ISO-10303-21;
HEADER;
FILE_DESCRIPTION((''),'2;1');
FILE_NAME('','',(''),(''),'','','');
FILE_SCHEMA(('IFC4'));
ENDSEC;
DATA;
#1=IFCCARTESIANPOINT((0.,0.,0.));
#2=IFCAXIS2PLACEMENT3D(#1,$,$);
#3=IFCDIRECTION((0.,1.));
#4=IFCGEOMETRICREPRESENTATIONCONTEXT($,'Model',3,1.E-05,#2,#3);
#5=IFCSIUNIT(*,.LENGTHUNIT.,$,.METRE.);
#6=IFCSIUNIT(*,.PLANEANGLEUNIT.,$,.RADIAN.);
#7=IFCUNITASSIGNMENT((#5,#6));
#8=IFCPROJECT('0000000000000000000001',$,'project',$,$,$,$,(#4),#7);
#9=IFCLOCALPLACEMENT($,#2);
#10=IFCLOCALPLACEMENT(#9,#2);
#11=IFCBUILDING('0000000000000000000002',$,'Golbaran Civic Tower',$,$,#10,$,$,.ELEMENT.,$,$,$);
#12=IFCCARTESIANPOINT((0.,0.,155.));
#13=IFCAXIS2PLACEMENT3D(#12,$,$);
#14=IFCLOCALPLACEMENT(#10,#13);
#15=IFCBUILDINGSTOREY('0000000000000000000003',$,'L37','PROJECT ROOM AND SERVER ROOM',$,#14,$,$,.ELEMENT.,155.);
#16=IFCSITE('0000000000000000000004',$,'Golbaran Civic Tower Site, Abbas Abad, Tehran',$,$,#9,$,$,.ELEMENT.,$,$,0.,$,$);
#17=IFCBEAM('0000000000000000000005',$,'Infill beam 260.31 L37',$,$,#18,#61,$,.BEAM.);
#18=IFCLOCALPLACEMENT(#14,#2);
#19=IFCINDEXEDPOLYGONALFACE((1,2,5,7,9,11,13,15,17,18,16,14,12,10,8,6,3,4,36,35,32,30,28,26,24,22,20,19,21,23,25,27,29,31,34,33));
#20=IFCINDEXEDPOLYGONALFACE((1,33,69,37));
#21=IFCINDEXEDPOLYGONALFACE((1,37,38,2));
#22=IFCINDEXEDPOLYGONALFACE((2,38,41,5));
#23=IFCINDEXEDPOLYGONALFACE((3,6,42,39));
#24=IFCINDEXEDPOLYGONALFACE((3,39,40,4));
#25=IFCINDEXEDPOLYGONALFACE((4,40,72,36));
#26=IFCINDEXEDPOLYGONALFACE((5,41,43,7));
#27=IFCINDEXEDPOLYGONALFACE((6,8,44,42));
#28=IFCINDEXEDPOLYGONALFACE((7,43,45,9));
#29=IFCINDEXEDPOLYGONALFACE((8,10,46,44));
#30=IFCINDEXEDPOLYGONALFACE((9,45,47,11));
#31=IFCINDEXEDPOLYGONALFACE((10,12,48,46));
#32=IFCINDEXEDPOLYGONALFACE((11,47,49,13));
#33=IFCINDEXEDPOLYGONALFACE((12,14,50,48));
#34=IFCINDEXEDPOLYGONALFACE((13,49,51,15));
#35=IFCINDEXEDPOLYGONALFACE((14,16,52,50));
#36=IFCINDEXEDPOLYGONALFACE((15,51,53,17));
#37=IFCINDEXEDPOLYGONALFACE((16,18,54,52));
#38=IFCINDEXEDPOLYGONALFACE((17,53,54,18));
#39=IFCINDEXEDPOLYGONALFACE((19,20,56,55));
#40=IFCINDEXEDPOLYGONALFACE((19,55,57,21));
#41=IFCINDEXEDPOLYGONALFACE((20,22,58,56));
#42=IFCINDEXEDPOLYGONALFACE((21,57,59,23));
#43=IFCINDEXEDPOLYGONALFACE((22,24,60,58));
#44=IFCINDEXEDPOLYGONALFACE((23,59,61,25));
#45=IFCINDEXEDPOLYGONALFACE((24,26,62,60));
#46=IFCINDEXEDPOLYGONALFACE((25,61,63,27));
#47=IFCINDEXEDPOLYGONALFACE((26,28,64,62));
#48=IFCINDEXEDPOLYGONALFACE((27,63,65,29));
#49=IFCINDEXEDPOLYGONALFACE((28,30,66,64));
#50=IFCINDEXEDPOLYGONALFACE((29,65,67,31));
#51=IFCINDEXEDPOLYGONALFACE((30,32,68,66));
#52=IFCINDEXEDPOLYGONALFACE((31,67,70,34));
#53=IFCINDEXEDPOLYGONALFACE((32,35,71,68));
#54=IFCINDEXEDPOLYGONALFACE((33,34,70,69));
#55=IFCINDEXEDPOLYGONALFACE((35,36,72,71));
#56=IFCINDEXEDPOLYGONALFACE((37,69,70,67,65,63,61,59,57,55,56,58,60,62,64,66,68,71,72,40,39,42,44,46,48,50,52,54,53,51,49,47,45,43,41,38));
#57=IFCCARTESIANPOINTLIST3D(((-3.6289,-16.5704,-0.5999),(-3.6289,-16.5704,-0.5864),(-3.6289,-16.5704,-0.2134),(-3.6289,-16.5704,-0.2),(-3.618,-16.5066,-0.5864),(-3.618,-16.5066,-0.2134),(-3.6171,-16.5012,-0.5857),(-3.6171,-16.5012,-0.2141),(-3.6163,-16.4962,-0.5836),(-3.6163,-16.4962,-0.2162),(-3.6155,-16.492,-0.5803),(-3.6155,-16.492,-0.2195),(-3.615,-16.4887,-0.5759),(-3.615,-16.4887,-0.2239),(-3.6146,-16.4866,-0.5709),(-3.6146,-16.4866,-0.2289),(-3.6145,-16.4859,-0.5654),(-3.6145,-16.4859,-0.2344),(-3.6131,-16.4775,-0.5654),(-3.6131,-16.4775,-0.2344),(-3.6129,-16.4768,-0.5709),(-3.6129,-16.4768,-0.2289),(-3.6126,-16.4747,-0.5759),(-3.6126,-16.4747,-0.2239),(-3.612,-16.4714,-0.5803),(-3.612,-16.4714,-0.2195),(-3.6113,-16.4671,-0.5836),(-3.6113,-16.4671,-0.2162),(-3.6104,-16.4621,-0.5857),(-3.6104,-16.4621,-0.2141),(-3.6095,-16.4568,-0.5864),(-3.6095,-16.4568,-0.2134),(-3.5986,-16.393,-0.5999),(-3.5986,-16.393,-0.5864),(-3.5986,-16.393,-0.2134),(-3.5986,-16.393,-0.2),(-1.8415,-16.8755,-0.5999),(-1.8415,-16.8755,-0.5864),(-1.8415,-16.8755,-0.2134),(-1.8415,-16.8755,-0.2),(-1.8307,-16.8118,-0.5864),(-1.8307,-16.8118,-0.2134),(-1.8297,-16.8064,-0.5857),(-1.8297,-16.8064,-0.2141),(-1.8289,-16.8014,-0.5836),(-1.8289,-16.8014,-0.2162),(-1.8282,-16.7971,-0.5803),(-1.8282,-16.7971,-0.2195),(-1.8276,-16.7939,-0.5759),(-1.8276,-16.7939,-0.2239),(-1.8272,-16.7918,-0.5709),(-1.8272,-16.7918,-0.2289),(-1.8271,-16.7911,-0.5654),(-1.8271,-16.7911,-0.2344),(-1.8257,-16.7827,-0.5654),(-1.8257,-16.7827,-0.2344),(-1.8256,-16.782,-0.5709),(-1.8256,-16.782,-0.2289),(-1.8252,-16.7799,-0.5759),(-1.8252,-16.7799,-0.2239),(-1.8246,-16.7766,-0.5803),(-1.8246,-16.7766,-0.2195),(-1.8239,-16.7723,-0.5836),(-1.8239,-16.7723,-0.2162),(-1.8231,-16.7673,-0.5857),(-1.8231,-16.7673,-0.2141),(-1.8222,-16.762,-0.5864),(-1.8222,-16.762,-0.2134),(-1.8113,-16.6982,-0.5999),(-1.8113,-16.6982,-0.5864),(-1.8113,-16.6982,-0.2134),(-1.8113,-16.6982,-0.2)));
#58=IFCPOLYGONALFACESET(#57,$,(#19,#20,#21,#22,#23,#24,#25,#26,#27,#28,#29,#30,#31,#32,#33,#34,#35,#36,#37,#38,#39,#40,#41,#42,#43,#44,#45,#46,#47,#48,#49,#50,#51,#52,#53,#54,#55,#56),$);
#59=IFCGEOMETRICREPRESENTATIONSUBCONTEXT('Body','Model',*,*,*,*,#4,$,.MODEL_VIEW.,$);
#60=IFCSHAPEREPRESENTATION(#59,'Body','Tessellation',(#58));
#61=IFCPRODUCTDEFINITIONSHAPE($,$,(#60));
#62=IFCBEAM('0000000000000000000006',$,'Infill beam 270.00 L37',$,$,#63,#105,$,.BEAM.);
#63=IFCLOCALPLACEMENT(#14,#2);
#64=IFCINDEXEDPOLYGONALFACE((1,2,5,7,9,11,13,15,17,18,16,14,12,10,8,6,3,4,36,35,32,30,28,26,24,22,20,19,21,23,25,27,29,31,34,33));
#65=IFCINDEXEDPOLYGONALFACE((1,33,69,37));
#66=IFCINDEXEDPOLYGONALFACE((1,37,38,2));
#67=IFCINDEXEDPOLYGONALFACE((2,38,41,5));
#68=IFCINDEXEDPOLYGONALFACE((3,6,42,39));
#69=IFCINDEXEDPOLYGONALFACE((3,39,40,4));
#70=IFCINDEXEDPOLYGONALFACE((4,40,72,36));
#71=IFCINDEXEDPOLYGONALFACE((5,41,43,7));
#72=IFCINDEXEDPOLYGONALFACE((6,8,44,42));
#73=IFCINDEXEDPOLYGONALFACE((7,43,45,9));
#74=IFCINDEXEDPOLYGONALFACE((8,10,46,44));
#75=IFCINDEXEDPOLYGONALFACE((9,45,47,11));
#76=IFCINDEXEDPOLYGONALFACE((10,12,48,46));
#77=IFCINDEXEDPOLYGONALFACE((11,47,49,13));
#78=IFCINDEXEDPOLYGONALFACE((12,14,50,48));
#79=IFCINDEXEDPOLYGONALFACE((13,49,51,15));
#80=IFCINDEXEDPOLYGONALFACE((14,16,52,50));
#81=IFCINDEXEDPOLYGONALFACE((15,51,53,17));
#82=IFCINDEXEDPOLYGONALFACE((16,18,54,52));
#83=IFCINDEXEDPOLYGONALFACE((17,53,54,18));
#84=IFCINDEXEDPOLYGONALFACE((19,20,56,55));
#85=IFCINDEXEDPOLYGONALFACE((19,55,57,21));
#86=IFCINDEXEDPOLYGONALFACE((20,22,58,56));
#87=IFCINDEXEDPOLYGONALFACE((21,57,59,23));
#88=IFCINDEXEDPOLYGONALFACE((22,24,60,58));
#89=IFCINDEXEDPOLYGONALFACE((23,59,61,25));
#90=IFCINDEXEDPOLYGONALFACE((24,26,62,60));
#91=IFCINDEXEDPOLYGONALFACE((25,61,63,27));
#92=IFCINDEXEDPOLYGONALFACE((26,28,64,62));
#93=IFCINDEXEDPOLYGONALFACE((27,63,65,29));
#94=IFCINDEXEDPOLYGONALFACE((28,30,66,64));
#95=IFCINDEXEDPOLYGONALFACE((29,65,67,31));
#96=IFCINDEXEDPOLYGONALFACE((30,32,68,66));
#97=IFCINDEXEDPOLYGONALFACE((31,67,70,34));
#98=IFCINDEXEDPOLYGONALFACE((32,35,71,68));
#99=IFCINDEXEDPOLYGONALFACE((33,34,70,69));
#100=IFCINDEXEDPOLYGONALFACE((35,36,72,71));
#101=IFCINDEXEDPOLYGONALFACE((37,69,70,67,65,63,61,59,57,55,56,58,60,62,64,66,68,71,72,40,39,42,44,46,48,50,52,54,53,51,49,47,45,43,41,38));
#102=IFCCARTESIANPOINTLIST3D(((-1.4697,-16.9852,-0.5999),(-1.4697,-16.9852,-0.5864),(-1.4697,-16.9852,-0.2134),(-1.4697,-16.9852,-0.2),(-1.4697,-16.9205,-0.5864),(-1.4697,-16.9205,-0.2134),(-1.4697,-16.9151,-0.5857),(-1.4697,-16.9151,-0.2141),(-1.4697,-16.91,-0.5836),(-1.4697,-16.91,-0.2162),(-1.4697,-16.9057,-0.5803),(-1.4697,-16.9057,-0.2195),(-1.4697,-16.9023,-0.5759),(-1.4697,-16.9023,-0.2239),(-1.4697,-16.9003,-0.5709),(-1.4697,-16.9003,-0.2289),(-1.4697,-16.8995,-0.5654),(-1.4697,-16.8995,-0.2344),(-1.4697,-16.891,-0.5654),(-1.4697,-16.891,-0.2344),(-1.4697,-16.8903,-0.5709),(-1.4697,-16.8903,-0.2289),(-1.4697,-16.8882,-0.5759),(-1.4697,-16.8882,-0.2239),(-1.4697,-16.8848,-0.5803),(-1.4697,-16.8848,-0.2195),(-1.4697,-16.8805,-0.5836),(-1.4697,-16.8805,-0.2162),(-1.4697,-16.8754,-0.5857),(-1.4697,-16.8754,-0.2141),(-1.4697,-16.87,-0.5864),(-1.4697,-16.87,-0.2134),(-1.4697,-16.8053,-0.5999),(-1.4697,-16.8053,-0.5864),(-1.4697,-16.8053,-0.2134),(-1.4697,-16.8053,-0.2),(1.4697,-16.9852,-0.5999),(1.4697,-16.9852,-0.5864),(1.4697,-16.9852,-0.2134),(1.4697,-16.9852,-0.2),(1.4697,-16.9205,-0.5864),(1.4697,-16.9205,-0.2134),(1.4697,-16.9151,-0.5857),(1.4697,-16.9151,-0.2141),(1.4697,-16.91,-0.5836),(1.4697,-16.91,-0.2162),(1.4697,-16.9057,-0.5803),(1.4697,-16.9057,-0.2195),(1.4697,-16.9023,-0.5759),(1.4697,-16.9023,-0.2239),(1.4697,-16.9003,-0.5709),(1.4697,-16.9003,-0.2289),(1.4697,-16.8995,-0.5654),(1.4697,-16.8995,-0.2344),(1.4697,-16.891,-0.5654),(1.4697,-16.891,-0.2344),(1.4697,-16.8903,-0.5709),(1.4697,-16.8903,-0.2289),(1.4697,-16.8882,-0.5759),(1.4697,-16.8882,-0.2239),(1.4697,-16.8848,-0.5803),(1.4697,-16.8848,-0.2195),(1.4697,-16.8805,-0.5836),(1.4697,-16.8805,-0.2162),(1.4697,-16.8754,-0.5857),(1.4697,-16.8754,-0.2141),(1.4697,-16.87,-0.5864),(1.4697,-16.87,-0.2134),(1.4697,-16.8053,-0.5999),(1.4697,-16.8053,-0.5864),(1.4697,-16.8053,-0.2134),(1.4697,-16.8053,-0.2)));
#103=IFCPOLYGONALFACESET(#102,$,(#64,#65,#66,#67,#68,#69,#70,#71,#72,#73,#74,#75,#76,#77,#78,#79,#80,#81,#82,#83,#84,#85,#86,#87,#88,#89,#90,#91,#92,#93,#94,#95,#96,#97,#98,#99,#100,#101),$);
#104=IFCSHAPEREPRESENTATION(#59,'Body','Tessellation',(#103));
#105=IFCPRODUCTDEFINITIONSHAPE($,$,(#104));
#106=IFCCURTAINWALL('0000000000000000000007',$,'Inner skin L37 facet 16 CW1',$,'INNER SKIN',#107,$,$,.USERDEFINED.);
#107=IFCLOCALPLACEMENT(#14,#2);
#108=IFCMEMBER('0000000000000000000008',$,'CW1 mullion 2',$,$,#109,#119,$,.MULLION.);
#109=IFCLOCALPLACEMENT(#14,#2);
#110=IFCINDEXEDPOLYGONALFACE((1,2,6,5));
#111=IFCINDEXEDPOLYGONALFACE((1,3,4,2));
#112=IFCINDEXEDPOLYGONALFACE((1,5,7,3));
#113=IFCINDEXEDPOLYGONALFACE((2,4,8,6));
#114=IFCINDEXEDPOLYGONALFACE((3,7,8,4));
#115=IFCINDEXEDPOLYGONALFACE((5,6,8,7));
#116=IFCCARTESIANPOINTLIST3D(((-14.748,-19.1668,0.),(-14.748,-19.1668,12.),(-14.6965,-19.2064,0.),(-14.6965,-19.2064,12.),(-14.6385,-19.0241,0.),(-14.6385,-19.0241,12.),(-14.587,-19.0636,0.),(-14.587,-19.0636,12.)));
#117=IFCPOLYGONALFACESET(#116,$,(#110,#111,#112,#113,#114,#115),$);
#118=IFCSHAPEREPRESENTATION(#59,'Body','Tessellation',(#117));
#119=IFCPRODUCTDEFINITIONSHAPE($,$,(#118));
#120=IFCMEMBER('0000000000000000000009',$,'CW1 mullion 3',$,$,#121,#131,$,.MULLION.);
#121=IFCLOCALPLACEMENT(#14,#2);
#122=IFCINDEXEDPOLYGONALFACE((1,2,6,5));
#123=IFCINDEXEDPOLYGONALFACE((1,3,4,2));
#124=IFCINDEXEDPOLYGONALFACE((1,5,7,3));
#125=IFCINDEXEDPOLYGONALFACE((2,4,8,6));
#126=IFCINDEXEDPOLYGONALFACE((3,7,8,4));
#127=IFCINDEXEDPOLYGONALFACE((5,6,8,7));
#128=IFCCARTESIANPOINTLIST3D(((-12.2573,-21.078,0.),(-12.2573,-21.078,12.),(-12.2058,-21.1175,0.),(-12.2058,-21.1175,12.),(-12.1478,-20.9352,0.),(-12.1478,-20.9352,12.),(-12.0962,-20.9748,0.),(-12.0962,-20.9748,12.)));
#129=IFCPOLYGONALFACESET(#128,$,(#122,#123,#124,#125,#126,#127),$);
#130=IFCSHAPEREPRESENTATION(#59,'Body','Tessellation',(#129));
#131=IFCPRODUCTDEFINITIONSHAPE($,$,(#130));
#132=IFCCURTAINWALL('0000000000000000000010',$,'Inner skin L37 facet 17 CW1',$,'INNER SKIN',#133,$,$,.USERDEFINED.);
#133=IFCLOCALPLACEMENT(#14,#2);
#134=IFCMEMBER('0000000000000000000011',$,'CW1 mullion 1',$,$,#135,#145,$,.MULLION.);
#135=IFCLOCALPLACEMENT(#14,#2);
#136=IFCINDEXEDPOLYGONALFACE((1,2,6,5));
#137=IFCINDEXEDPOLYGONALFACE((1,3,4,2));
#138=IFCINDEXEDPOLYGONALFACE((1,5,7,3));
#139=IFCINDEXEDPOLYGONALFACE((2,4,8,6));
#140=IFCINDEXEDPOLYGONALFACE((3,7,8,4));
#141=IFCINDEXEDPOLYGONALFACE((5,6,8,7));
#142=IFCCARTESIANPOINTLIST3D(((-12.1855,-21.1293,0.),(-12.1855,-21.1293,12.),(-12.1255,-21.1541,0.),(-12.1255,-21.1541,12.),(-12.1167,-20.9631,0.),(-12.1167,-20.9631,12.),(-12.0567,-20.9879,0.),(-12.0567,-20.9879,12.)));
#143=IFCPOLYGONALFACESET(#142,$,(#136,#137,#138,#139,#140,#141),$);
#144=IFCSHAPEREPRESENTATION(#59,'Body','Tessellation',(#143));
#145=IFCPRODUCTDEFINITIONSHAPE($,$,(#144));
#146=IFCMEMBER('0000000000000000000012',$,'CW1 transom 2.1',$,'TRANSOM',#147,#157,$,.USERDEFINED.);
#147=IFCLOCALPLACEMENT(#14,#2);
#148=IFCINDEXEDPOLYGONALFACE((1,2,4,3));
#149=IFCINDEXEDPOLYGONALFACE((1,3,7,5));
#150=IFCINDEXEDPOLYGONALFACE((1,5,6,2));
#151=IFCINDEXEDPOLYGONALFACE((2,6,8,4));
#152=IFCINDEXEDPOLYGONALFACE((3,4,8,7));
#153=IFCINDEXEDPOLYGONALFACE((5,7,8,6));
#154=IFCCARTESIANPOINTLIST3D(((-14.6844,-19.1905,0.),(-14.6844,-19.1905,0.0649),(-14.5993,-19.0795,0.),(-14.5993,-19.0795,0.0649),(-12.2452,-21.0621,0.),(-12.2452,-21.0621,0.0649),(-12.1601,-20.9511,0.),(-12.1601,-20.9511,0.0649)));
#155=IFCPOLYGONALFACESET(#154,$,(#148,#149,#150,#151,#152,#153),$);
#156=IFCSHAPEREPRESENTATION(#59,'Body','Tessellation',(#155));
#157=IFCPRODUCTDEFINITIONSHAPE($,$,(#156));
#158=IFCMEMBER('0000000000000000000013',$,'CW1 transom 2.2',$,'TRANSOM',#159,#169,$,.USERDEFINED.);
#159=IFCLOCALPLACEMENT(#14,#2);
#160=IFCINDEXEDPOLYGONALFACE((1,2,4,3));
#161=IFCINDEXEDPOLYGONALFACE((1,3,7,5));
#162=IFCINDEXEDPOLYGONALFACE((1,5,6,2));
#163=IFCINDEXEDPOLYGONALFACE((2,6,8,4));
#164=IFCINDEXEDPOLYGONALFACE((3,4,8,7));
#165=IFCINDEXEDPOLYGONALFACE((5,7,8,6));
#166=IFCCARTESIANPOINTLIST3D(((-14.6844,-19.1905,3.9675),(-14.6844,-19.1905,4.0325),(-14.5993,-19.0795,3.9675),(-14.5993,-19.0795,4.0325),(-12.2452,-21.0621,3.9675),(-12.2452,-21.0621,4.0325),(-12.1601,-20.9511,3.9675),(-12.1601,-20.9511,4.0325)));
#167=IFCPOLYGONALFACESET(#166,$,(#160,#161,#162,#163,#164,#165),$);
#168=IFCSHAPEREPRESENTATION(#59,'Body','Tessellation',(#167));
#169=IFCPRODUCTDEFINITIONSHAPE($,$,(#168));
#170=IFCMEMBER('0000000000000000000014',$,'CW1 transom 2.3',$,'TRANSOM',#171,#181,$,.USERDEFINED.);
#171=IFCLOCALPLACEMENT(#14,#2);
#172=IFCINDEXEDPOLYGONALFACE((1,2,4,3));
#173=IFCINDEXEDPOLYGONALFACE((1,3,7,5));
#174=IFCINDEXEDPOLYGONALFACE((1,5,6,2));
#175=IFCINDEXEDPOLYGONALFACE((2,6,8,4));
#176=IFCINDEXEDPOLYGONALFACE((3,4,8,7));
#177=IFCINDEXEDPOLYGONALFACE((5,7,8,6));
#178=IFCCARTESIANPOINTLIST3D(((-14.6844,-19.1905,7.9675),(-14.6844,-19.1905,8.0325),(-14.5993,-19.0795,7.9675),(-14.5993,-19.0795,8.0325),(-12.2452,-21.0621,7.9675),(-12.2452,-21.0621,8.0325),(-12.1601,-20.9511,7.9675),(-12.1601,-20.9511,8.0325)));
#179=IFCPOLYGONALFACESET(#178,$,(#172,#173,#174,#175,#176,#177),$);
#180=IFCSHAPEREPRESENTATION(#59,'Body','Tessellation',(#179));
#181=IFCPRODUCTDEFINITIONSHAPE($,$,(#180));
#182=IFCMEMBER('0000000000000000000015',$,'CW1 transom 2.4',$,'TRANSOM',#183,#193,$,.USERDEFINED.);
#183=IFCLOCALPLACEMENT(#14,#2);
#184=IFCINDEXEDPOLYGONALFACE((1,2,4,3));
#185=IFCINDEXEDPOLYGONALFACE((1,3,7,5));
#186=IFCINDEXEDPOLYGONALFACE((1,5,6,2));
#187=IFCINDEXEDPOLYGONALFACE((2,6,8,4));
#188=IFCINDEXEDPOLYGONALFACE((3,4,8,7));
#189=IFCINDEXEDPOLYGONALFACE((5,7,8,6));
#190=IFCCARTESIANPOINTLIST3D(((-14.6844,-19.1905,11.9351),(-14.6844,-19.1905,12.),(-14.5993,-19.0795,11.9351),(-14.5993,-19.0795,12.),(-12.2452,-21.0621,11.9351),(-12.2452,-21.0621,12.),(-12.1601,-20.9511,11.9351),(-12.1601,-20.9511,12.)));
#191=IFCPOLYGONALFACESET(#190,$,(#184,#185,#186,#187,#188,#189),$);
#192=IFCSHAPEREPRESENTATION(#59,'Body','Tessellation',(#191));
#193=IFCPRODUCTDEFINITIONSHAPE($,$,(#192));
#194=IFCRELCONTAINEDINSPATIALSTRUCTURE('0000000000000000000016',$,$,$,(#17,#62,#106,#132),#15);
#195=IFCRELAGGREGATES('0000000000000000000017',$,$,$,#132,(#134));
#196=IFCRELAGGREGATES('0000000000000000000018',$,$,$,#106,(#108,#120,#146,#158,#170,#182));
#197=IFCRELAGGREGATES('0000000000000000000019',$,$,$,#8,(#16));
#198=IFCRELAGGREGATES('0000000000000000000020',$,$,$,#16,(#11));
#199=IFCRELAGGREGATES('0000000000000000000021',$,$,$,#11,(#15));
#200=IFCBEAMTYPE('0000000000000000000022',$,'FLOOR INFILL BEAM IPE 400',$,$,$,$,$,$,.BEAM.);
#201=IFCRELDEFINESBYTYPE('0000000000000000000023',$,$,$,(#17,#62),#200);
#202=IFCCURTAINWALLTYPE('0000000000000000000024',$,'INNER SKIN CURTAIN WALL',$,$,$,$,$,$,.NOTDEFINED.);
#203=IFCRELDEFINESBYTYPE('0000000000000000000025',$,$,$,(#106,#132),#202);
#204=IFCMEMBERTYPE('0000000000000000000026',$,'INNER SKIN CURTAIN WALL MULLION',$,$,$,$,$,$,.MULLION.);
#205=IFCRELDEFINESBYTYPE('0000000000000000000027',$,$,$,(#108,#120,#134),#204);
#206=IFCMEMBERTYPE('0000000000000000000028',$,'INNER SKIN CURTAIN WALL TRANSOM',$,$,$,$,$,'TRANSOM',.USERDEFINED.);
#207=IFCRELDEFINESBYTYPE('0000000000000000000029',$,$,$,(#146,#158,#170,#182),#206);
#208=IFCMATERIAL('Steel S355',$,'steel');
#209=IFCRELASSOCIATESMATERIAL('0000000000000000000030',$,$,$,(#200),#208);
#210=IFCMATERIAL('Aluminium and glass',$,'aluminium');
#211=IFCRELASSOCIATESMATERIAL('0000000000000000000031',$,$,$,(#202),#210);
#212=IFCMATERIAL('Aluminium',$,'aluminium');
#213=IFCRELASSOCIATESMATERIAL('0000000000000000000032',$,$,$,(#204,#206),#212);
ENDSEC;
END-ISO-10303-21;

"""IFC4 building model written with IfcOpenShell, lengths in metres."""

from ifc_helpers import new_model, si_unit, direction, frame, origin, origin_2d, place, context, subcontext, project, spatial, rectangle, i_section, extrude, material, material_profile, profile_set, type_object, element, aggregate, save


model = new_model("IFC4")

# Units and contexts
model_context = context("Model", 3, precision=1e-05, world=origin(), true_north=direction((0.0, 1.0)))
body_context = subcontext(model_context, "Body", "Model", "MODEL_VIEW")
ifc_project = project(units=[si_unit("LENGTHUNIT", "METRE"), si_unit("PLANEANGLEUNIT", "RADIAN")], contexts=[model_context])

# Site, building, storey
site_placement = place(None, origin())
site = spatial("IfcSite", under=ifc_project, at=site_placement, Name="Golbaran Civic Tower Site, Abbas Abad, Tehran", CompositionType="ELEMENT", RefElevation=0.0)
building_placement = place(site_placement, origin())
building = spatial("IfcBuilding", under=site, at=building_placement, Name="Golbaran Civic Tower", CompositionType="ELEMENT")
storey_placement = place(building_placement, frame((0.0, 0.0, 155.0)))
storey = spatial("IfcBuildingStorey", under=building, at=storey_placement, Name="L37", Description="PROJECT ROOM AND SERVER ROOM", CompositionType="ELEMENT", Elevation=155.0)

# Beams
ifc_material_1 = material(Name="Steel S355", Category="steel")
ifc_material_profile_1 = material_profile(ifc_material_1, i_section(OverallWidth=0.1799, OverallDepth=0.3999, WebThickness=0.0085, FlangeThickness=0.0134, FilletRadius=0.021, at=origin_2d()), Name="IPE 400")
ifc_profile_set_1 = profile_set([ifc_material_profile_1], Name="Steel S355")
beam_type_1 = type_object("IfcBeamType", Name="FLOOR INFILL BEAM IPE 400", PredefinedType="BEAM", material=ifc_profile_set_1)
beam_1_placement = place(storey_placement, frame((-3.6138, -16.4817, -0.3999), z_axis=(0.985735, -0.168306, 0.0), x_axis=(0.168306, 0.985735, 0.0)))
element("IfcBeam", 1, at=beam_1_placement, inside=storey, type_object=beam_type_1, Name="Infill beam 260.31 L37", PredefinedType="BEAM", context=body_context, shape_type="SweptSolid", body=[
    extrude(i_section(OverallWidth=0.1799, OverallDepth=0.3999, WebThickness=0.0085, FlangeThickness=0.0134, FilletRadius=0.021, at=origin_2d()), origin(), (0.0, 0.0, 1.0), 1.8132),
])
beam_2_placement = place(storey_placement, frame((-1.4697, -16.8953, -0.3999), z_axis=(1.0, 0.0, 0.0), x_axis=(0.0, 1.0, 0.0)))
element("IfcBeam", 2, at=beam_2_placement, inside=storey, type_object=beam_type_1, Name="Infill beam 270.00 L37", PredefinedType="BEAM", context=body_context, shape_type="SweptSolid", body=[
    extrude(i_section(OverallWidth=0.1799, OverallDepth=0.3999, WebThickness=0.0085, FlangeThickness=0.0134, FilletRadius=0.021, at=origin_2d()), origin(), (0.0, 0.0, 1.0), 2.9395),
])

# Curtain wall, members
ifc_material_2 = material(Name="Aluminium and glass", Category="aluminium")
curtain_wall_type = type_object("IfcCurtainWallType", Name="INNER SKIN CURTAIN WALL", PredefinedType="NOTDEFINED", material=ifc_material_2)
curtain_wall_1_placement = place(storey_placement, origin())
curtain_wall_1 = element("IfcCurtainWall", 3, at=curtain_wall_1_placement, inside=storey, type_object=curtain_wall_type, Name="Inner skin L37 facet 16 CW1", ObjectType="INNER SKIN", PredefinedType="USERDEFINED")
ifc_material_3 = material(Name="Aluminium", Category="aluminium")
ifc_material_profile_2 = material_profile(ifc_material_3, rectangle(XDim=0.1799, YDim=0.0649, at=origin_2d()), Name="INNER SKIN CURTAIN WALL MULLION")
ifc_profile_set_2 = profile_set([ifc_material_profile_2], Name="Aluminium")
member_type_1 = type_object("IfcMemberType", Name="INNER SKIN CURTAIN WALL MULLION", PredefinedType="MULLION", material=ifc_profile_set_2)
member_1_placement = place(storey_placement, frame((-14.6675, -19.1152, 0.0), z_axis=(0.0, 0.0, 1.0), x_axis=(0.608761, 0.793353, 0.0)))
member_1 = element("IfcMember", 4, at=member_1_placement, type_object=member_type_1, Name="CW1 mullion 2", PredefinedType="MULLION", context=body_context, shape_type="SweptSolid", body=[
    extrude(rectangle(XDim=0.1799, YDim=0.0649, at=origin_2d()), origin(), (0.0, 0.0, 1.0), 12.0),
])
member_2_placement = place(storey_placement, frame((-12.1768, -21.0264, 0.0), z_axis=(0.0, 0.0, 1.0), x_axis=(0.608761, 0.793353, 0.0)))
member_2 = element("IfcMember", 5, at=member_2_placement, type_object=member_type_1, Name="CW1 mullion 3", PredefinedType="MULLION", context=body_context, shape_type="SweptSolid", body=[
    extrude(rectangle(XDim=0.1799, YDim=0.0649, at=origin_2d()), origin(), (0.0, 0.0, 1.0), 12.0),
])

# Curtain wall, member
curtain_wall_2_placement = place(storey_placement, origin())
curtain_wall_2 = element("IfcCurtainWall", 6, at=curtain_wall_2_placement, inside=storey, type_object=curtain_wall_type, Name="Inner skin L37 facet 17 CW1", ObjectType="INNER SKIN", PredefinedType="USERDEFINED")
member_3_placement = place(storey_placement, frame((-12.1211, -21.0586, 0.0), z_axis=(0.0, 0.0, 1.0), x_axis=(0.382683, 0.92388, 0.0)))
member_3 = element("IfcMember", 7, at=member_3_placement, type_object=member_type_1, Name="CW1 mullion 1", PredefinedType="MULLION", context=body_context, shape_type="SweptSolid", body=[
    extrude(rectangle(XDim=0.1799, YDim=0.0649, at=origin_2d()), origin(), (0.0, 0.0, 1.0), 12.0),
])

# Members
ifc_material_profile_3 = material_profile(ifc_material_3, rectangle(XDim=0.1399, YDim=0.0649, at=origin_2d()), Name="INNER SKIN CURTAIN WALL TRANSOM")
ifc_profile_set_3 = profile_set([ifc_material_profile_3], Name="Aluminium")
member_type_2 = type_object("IfcMemberType", Name="INNER SKIN CURTAIN WALL TRANSOM", ElementType="TRANSOM", PredefinedType="USERDEFINED", material=ifc_profile_set_3)
member_4_placement = place(storey_placement, frame((-14.6418, -19.135, 0.0325), z_axis=(0.793367, -0.608743, 0.0), x_axis=(0.608743, 0.793367, 0.0)))
member_4 = element("IfcMember", 8, at=member_4_placement, type_object=member_type_2, Name="CW1 transom 2.1", ObjectType="TRANSOM", PredefinedType="USERDEFINED", context=body_context, shape_type="SweptSolid", body=[
    extrude(rectangle(XDim=0.1399, YDim=0.0649, at=origin_2d()), origin(), (0.0, 0.0, 1.0), 3.0745),
])
member_5_placement = place(storey_placement, frame((-14.6418, -19.135, 4.0), z_axis=(0.793367, -0.608743, 0.0), x_axis=(0.608743, 0.793367, 0.0)))
member_5 = element("IfcMember", 9, at=member_5_placement, type_object=member_type_2, Name="CW1 transom 2.2", ObjectType="TRANSOM", PredefinedType="USERDEFINED", context=body_context, shape_type="SweptSolid", body=[
    extrude(rectangle(XDim=0.1399, YDim=0.0649, at=origin_2d()), origin(), (0.0, 0.0, 1.0), 3.0745),
])
member_6_placement = place(storey_placement, frame((-14.6418, -19.135, 8.0), z_axis=(0.793367, -0.608743, 0.0), x_axis=(0.608743, 0.793367, 0.0)))
member_6 = element("IfcMember", 10, at=member_6_placement, type_object=member_type_2, Name="CW1 transom 2.3", ObjectType="TRANSOM", PredefinedType="USERDEFINED", context=body_context, shape_type="SweptSolid", body=[
    extrude(rectangle(XDim=0.1399, YDim=0.0649, at=origin_2d()), origin(), (0.0, 0.0, 1.0), 3.0745),
])
member_7_placement = place(storey_placement, frame((-14.6418, -19.135, 11.9675), z_axis=(0.793367, -0.608743, 0.0), x_axis=(0.608743, 0.793367, 0.0)))
member_7 = element("IfcMember", 11, at=member_7_placement, type_object=member_type_2, Name="CW1 transom 2.4", ObjectType="TRANSOM", PredefinedType="USERDEFINED", context=body_context, shape_type="SweptSolid", body=[
    extrude(rectangle(XDim=0.1399, YDim=0.0649, at=origin_2d()), origin(), (0.0, 0.0, 1.0), 3.0745),
])

aggregate(curtain_wall_2, [member_3])
aggregate(curtain_wall_1, [member_1, member_2, member_4, member_5, member_6, member_7])

save(model, "model.ifc")
